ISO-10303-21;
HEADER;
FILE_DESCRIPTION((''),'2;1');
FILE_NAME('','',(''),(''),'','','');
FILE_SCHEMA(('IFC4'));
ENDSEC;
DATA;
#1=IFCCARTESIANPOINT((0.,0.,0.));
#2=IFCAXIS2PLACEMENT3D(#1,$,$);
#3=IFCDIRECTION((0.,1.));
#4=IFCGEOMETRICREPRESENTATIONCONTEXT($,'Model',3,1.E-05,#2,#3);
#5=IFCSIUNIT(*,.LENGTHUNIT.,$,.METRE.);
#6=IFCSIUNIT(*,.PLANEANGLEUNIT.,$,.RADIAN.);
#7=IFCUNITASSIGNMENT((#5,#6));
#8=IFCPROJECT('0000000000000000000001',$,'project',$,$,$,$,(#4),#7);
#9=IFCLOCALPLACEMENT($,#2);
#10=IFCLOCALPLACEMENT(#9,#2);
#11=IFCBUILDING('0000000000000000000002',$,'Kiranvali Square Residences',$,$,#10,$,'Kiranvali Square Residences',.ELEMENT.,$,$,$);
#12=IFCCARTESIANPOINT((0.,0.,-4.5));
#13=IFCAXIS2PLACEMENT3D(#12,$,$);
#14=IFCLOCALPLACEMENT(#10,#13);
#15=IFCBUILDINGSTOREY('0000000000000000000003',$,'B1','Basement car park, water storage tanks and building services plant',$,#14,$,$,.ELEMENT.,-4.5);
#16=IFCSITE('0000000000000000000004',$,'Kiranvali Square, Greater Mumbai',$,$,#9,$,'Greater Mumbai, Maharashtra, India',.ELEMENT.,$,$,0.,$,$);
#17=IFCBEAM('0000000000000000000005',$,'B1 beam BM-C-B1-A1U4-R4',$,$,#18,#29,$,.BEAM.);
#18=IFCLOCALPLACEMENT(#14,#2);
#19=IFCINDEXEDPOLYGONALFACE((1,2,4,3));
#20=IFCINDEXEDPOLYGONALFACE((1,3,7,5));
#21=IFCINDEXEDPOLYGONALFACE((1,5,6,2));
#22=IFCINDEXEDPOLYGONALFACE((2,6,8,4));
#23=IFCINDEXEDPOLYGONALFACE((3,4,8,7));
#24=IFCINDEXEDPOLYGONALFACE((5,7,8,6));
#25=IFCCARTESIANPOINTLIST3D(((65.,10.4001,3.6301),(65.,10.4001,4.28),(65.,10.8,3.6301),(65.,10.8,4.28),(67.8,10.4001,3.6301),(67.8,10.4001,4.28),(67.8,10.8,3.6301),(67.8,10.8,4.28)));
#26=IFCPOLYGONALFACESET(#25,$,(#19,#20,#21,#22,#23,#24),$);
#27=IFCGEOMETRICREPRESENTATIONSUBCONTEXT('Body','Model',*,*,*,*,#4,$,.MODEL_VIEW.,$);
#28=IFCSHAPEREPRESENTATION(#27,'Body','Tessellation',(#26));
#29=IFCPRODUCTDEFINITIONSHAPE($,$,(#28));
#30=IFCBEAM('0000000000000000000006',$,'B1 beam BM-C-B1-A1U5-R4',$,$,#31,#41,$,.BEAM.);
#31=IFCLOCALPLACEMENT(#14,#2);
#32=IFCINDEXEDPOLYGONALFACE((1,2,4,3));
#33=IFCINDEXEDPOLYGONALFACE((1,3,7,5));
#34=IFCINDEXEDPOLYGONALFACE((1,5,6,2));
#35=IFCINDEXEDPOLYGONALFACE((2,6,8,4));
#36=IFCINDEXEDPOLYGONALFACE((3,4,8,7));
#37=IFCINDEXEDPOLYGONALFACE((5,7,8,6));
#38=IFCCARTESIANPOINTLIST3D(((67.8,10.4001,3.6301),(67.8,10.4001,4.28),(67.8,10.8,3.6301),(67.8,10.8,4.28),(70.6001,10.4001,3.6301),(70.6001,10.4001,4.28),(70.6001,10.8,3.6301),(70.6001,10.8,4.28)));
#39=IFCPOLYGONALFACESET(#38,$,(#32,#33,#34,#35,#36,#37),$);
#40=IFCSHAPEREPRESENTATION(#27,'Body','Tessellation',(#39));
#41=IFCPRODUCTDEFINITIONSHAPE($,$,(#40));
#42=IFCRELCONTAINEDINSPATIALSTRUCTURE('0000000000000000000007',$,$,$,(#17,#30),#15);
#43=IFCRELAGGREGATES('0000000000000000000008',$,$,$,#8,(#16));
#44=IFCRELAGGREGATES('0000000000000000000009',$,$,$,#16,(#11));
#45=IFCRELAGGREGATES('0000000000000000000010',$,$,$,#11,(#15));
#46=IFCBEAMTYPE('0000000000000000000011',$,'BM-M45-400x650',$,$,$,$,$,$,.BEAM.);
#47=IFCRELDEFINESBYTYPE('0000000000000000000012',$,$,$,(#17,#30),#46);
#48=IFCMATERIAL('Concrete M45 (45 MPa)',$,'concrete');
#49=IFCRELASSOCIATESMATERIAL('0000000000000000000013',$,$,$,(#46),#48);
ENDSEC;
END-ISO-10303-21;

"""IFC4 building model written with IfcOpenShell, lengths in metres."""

from ifc_helpers import new_model, si_unit, direction, frame, origin, origin_2d, place, context, subcontext, project, spatial, rectangle, extrude, material, material_profile, profile_set, type_object, element, save


model = new_model("IFC4")

# Units and contexts
model_context = context("Model", 3, precision=1e-05, world=origin(), true_north=direction((0.0, 1.0)))
body_context = subcontext(model_context, "Body", "Model", "MODEL_VIEW")
ifc_project = project(units=[si_unit("LENGTHUNIT", "METRE"), si_unit("PLANEANGLEUNIT", "RADIAN")], contexts=[model_context])

# Site, building, storey
site_placement = place(None, origin())
site = spatial("IfcSite", under=ifc_project, at=site_placement, Name="Kiranvali Square, Greater Mumbai", LongName="Greater Mumbai, Maharashtra, India", CompositionType="ELEMENT", RefElevation=0.0)
building_placement = place(site_placement, origin())
building = spatial("IfcBuilding", under=site, at=building_placement, Name="Kiranvali Square Residences", LongName="Kiranvali Square Residences", CompositionType="ELEMENT")
storey_placement = place(building_placement, frame((0.0, 0.0, -4.5)))
storey = spatial("IfcBuildingStorey", under=building, at=storey_placement, Name="B1", Description="Basement car park, water storage tanks and building services plant", CompositionType="ELEMENT", Elevation=-4.5)

# Shared definitions
ifc_material_1 = material(Name="Concrete M45 (45 MPa)", Category="concrete")

# Beams
ifc_material_profile_1 = material_profile(ifc_material_1, rectangle(XDim=0.3999, YDim=0.6499, at=origin_2d()), Name="RC 400x650")
ifc_profile_set_1 = profile_set([ifc_material_profile_1], Name="Concrete M45 (45 MPa)")
beam_type_1 = type_object("IfcBeamType", Name="BM-M45-400x650", PredefinedType="BEAM", material=ifc_profile_set_1)
for number, where, z_axis, x_axis, name in (
    (1, (65.0, 10.6001, 3.9551), (1.0, 0.0, 0.0), (0.0, 1.0, 0.0), "B1 beam BM-C-B1-A1U4-R4"),
    (2, (67.8, 10.6001, 3.9551), (1.0, 0.0, 0.0), (0.0, 1.0, 0.0), "B1 beam BM-C-B1-A1U5-R4"),
):
    element("IfcBeam", number, at=place(storey_placement, frame(where, z_axis=z_axis, x_axis=x_axis)), inside=storey, type_object=beam_type_1, Name=name, PredefinedType="BEAM", context=body_context, shape_type="SweptSolid", body=[
        extrude(rectangle(XDim=0.3999, YDim=0.6499, at=origin_2d()), origin(), (0.0, 0.0, 1.0), 2.8),
    ])

save(model, "model.ifc")
